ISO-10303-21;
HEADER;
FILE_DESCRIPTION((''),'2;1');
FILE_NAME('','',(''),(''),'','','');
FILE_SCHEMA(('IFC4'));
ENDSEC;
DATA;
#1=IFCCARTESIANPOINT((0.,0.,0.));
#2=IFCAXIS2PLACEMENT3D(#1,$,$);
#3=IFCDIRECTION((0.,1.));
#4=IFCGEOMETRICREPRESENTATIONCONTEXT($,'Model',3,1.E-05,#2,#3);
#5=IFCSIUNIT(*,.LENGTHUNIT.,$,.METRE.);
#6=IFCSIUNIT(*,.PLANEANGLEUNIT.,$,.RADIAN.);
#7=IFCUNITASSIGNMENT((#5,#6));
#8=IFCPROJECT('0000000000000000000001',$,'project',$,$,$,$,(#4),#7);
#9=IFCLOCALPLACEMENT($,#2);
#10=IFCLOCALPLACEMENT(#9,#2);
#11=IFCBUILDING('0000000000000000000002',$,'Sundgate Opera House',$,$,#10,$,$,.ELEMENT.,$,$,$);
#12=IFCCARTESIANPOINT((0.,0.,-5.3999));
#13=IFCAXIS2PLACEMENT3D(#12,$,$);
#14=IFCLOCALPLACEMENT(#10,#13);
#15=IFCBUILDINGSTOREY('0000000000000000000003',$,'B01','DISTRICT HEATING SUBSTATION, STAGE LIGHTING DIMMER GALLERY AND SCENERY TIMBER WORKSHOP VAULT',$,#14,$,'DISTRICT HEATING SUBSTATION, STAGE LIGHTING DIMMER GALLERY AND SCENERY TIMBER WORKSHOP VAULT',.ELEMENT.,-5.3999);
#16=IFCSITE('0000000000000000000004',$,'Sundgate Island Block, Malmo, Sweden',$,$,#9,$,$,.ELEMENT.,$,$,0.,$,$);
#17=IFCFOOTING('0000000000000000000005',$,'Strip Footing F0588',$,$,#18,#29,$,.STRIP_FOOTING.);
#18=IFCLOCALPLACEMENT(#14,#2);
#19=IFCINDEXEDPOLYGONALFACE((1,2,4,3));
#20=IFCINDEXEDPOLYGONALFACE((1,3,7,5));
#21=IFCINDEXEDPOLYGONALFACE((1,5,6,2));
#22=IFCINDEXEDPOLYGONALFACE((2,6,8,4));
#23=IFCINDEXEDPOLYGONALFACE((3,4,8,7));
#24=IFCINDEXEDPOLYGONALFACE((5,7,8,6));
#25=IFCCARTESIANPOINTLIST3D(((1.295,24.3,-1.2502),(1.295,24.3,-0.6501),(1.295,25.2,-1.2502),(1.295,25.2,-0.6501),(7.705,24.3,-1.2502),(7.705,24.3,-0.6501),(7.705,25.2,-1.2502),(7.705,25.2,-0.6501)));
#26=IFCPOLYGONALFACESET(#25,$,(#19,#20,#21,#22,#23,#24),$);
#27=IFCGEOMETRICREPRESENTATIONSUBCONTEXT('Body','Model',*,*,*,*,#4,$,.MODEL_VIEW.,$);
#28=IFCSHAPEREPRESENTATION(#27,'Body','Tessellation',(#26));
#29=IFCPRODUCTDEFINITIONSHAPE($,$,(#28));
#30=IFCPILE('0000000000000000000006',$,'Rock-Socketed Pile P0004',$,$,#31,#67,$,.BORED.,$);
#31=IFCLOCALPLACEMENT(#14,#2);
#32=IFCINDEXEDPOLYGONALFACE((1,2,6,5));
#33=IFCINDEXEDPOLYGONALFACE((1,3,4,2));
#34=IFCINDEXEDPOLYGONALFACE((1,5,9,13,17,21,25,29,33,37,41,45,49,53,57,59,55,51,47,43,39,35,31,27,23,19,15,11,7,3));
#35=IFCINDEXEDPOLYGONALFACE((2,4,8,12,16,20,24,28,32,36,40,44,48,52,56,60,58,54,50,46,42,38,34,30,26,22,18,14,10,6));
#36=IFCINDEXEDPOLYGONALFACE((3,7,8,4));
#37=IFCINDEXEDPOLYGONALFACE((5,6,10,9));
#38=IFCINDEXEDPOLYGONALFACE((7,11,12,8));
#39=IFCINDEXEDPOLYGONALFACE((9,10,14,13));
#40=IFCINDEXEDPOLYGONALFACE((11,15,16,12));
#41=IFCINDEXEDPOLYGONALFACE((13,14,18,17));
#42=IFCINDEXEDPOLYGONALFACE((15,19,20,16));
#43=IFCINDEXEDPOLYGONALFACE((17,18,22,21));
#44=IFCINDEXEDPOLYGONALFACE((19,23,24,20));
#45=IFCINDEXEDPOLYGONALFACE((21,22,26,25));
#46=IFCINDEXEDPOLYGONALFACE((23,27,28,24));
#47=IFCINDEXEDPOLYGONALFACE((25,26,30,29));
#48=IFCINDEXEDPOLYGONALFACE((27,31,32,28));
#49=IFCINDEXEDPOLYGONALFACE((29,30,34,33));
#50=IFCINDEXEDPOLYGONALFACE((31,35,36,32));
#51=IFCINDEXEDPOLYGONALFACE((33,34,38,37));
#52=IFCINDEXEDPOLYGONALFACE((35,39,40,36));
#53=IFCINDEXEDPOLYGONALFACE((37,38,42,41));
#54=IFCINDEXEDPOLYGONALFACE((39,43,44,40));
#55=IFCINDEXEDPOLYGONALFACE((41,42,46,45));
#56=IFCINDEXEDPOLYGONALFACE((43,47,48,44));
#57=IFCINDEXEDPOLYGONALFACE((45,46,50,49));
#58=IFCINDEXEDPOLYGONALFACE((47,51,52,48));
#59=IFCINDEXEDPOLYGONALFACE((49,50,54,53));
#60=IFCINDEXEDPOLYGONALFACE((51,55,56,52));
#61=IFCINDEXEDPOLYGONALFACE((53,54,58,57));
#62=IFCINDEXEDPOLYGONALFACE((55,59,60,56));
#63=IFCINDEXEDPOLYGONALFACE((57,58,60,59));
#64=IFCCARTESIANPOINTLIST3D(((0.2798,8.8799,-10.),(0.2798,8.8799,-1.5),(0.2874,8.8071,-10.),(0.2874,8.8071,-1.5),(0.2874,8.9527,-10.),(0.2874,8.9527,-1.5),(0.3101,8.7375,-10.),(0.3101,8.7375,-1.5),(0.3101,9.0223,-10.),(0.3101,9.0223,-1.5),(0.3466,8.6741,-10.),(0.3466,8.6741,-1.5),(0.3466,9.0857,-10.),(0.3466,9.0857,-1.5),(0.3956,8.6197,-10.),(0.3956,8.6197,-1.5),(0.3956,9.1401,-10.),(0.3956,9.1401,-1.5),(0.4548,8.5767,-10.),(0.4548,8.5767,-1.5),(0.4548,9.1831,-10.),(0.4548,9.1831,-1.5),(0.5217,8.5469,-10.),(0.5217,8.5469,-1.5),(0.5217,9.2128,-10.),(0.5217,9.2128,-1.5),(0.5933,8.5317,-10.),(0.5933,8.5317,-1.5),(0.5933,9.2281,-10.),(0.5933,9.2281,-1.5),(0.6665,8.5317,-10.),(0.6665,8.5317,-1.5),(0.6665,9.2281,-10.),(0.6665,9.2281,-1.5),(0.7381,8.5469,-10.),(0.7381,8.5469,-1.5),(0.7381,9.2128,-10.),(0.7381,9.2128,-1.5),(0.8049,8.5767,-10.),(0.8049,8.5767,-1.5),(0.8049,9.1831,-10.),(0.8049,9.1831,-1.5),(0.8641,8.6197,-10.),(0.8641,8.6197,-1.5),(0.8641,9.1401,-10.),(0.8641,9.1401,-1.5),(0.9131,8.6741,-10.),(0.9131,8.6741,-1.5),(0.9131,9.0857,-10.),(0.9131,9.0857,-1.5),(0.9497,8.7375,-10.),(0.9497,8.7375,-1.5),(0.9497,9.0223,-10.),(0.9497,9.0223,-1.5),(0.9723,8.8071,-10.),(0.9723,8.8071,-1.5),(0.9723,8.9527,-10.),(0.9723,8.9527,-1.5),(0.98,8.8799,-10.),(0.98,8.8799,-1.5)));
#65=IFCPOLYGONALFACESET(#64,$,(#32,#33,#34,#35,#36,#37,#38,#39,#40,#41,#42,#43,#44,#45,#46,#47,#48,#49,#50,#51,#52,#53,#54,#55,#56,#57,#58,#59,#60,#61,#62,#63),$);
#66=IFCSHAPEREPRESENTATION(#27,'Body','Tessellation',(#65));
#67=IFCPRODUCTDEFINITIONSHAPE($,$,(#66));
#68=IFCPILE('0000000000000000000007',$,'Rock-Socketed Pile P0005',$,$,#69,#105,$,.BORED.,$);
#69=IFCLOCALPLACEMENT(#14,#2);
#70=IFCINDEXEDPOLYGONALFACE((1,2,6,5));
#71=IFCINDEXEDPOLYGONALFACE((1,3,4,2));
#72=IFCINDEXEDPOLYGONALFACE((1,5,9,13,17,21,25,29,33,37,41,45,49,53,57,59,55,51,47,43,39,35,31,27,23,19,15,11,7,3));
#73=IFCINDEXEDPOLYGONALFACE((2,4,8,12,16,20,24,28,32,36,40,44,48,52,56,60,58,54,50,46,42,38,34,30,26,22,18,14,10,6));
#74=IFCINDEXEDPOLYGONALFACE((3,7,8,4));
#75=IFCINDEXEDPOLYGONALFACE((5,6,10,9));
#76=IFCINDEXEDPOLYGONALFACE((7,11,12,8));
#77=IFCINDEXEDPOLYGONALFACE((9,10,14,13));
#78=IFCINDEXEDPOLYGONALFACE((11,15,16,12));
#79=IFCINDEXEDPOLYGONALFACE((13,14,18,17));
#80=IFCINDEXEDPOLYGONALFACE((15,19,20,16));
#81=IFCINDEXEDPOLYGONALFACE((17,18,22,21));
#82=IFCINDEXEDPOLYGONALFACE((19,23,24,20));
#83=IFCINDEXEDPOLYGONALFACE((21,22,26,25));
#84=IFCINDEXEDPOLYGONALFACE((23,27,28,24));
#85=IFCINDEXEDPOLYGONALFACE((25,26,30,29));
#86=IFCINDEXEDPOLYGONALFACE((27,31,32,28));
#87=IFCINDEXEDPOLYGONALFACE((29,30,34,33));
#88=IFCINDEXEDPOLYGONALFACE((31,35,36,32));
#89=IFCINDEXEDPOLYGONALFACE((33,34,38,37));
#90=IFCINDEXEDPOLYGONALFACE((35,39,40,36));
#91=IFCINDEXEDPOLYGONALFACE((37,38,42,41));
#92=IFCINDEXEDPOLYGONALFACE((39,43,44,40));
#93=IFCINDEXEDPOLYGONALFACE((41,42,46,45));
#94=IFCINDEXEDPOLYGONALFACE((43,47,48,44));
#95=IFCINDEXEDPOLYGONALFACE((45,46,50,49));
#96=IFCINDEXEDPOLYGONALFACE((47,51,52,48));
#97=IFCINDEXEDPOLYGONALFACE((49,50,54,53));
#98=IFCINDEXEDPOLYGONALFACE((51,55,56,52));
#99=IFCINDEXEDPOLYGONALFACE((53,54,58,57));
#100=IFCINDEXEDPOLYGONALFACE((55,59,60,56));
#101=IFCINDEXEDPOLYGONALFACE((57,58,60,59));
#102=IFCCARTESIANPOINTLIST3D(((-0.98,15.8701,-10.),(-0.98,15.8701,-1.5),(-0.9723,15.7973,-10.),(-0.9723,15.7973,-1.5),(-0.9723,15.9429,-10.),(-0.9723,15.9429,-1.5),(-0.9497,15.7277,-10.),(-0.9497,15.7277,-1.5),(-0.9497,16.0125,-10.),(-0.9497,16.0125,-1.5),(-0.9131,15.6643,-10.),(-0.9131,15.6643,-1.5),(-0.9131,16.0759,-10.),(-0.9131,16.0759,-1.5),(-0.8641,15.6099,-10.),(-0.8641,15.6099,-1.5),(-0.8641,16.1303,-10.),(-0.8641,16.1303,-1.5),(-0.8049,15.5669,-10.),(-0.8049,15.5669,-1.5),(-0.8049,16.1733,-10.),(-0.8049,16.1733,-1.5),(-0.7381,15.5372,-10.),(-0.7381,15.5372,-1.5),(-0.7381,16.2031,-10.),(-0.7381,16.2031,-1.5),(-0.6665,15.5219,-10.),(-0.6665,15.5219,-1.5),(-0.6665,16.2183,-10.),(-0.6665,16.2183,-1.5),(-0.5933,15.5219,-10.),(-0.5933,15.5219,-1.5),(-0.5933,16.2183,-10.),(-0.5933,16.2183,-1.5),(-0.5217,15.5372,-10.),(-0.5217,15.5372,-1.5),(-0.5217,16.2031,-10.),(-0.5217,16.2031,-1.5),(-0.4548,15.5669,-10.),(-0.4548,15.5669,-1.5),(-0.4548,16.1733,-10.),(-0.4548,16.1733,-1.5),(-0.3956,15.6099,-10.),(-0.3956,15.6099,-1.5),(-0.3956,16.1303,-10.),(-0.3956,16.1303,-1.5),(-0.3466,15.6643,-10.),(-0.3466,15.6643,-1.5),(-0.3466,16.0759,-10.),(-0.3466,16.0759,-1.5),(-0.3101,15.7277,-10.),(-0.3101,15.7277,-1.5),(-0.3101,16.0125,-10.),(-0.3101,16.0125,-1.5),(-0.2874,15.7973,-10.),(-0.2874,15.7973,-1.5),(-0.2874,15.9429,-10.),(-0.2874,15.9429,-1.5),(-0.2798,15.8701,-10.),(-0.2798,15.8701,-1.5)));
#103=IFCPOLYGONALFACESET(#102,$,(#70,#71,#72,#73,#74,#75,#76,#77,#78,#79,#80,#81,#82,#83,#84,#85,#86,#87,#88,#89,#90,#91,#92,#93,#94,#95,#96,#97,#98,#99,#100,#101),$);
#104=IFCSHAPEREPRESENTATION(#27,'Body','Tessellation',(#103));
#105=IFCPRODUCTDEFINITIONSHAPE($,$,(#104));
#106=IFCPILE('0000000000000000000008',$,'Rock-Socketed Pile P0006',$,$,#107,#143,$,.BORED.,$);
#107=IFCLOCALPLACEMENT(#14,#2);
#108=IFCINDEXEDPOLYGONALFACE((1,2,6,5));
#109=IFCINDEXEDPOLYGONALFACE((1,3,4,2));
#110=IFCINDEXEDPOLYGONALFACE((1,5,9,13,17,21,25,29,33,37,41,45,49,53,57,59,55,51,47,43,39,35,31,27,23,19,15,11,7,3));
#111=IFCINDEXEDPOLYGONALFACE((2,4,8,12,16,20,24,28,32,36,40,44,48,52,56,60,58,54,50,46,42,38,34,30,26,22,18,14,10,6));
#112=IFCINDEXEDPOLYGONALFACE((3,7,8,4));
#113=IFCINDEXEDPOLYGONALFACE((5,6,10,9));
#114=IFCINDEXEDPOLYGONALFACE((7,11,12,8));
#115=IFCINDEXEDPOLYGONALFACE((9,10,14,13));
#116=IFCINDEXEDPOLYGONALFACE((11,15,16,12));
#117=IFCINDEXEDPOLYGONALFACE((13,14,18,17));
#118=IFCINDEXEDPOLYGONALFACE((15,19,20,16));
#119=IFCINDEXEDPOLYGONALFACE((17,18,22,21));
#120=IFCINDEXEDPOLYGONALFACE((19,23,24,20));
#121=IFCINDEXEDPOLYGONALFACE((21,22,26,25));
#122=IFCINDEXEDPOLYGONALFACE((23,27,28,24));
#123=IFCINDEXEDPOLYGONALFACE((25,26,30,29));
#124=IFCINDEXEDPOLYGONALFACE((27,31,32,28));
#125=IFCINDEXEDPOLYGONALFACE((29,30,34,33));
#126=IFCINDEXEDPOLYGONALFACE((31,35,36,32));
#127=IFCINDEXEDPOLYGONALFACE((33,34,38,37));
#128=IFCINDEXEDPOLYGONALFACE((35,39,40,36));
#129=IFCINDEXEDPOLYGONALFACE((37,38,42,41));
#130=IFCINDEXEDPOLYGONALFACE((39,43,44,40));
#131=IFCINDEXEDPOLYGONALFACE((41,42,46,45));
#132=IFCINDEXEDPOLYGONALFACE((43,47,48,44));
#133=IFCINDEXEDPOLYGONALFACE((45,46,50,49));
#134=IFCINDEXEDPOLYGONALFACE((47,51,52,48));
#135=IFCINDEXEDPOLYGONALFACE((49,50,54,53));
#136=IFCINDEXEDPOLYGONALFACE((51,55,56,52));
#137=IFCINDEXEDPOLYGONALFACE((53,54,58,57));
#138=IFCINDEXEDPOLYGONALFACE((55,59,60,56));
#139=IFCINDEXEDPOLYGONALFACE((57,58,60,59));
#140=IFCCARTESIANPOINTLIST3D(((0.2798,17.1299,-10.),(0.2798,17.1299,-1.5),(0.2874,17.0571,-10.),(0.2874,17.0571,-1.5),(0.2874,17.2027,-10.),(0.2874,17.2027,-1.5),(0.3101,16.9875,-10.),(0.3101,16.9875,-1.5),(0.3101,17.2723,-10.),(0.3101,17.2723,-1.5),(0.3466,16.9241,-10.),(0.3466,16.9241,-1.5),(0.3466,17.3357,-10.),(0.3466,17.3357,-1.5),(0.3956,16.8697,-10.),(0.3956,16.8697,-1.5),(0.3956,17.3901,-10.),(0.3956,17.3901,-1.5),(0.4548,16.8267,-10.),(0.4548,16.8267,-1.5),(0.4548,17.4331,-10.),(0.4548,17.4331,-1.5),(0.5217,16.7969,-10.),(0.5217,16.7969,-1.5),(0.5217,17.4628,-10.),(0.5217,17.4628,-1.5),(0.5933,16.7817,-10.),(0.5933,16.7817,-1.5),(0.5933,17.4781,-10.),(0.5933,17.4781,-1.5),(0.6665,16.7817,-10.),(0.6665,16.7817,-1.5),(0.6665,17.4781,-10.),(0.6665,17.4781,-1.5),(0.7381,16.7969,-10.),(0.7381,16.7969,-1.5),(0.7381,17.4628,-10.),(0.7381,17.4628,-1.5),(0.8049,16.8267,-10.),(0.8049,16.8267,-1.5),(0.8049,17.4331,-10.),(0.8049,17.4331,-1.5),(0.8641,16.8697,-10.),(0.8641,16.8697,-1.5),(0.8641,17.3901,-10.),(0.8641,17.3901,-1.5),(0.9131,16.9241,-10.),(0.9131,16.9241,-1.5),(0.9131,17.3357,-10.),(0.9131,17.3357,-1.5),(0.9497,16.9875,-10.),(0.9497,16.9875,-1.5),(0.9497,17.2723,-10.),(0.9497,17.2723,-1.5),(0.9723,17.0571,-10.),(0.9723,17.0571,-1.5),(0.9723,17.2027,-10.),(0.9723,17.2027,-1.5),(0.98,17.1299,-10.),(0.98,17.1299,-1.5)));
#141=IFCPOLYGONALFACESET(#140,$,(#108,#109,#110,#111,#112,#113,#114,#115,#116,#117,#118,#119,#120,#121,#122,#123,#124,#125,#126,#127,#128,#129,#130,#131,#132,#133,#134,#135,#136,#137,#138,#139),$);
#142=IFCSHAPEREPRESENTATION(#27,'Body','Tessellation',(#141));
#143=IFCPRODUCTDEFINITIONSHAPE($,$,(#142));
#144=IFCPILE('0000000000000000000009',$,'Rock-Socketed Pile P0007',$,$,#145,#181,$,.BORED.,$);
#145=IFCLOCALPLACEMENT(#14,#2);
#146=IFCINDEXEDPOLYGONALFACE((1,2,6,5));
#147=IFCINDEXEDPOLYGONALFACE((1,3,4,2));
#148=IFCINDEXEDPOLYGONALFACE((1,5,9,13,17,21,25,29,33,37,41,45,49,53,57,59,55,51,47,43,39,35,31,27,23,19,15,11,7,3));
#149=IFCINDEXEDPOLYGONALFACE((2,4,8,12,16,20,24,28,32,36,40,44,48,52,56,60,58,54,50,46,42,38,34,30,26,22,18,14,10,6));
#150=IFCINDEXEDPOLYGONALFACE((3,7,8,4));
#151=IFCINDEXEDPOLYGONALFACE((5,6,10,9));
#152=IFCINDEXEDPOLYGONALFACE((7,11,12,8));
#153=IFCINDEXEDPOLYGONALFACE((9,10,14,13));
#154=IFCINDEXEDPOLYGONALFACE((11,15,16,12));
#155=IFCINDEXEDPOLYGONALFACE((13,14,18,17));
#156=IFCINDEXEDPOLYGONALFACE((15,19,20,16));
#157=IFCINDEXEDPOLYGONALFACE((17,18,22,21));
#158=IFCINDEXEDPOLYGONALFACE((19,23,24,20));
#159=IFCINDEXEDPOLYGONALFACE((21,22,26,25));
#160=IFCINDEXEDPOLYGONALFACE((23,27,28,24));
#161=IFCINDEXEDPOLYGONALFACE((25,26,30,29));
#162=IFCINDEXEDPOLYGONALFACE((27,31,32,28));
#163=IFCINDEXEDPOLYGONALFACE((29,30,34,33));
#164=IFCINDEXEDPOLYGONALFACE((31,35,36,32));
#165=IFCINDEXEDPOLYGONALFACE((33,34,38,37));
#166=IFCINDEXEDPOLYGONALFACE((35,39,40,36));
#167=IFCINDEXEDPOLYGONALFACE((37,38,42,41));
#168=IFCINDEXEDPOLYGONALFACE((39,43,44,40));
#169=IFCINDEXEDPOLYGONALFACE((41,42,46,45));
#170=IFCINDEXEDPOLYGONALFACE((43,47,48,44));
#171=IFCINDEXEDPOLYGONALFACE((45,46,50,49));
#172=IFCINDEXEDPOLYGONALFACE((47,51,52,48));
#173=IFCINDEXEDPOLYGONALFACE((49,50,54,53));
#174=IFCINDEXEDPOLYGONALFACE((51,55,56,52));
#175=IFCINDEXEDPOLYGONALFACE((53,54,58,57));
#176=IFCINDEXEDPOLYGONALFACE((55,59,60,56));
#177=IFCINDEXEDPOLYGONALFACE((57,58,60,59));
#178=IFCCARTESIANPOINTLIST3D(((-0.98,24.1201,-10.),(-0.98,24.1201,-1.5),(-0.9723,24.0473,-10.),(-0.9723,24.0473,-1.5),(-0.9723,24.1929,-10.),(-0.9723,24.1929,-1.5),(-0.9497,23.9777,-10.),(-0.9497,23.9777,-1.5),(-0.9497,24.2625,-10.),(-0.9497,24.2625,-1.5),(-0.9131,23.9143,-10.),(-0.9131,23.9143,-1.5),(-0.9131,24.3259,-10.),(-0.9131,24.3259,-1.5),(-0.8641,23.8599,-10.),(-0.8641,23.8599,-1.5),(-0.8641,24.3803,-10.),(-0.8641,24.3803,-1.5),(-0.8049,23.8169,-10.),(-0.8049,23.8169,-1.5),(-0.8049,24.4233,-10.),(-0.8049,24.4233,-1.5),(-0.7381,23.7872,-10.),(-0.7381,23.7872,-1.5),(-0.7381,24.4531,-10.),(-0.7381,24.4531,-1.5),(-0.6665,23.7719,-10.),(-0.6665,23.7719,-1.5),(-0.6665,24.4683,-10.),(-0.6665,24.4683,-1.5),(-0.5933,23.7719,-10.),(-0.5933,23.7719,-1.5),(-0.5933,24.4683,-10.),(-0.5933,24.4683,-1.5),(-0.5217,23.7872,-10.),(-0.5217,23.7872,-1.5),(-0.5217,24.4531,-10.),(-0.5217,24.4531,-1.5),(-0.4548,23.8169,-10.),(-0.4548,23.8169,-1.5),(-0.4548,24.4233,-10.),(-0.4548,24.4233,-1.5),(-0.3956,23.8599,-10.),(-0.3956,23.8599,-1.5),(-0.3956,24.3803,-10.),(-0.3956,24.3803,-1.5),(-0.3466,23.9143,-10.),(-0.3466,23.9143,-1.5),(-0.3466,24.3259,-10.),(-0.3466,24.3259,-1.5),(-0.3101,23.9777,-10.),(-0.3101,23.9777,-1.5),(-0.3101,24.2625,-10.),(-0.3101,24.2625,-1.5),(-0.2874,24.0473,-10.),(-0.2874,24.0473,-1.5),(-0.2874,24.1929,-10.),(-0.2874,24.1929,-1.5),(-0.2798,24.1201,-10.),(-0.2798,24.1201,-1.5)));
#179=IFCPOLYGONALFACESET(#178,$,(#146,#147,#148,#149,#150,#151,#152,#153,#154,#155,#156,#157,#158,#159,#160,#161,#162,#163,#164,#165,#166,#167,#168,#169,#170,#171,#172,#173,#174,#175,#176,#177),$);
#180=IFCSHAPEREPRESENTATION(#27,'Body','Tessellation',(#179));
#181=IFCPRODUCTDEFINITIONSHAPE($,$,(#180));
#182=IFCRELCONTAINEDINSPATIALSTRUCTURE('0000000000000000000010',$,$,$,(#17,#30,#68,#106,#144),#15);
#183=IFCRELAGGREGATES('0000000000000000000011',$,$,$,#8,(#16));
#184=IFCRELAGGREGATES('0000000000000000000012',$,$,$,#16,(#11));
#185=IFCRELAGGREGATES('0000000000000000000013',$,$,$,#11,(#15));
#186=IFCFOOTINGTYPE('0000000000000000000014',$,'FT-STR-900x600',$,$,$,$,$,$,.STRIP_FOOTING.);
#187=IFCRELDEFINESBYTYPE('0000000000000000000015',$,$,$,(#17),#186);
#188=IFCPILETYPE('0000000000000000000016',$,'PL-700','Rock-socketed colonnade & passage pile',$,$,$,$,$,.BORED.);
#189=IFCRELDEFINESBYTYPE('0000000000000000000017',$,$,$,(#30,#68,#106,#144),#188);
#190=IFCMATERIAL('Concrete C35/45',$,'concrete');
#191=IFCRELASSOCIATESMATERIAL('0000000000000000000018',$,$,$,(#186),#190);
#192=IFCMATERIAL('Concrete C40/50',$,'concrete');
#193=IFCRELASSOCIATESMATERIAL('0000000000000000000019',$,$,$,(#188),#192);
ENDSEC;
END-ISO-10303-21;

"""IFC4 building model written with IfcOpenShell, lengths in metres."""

from ifc_helpers import new_model, si_unit, direction, frame, origin, origin_2d, place, context, subcontext, project, spatial, rectangle, circle, extrude, material, material_profile, profile_set, type_object, element, save


model = new_model("IFC4")

# Units and contexts
model_context = context("Model", 3, precision=1e-05, world=origin(), true_north=direction((0.0, 1.0)))
body_context = subcontext(model_context, "Body", "Model", "MODEL_VIEW")
ifc_project = project(units=[si_unit("LENGTHUNIT", "METRE"), si_unit("PLANEANGLEUNIT", "RADIAN")], contexts=[model_context])

# Site, building, storey
site_placement = place(None, origin())
site = spatial("IfcSite", under=ifc_project, at=site_placement, Name="Sundgate Island Block, Malmo, Sweden", CompositionType="ELEMENT", RefElevation=0.0)
building_placement = place(site_placement, origin())
building = spatial("IfcBuilding", under=site, at=building_placement, Name="Sundgate Opera House", CompositionType="ELEMENT")
storey_placement = place(building_placement, frame((0.0, 0.0, -5.3999)))
storey = spatial("IfcBuildingStorey", under=building, at=storey_placement, Name="B01", Description="DISTRICT HEATING SUBSTATION, STAGE LIGHTING DIMMER GALLERY AND SCENERY TIMBER WORKSHOP VAULT", LongName="DISTRICT HEATING SUBSTATION, STAGE LIGHTING DIMMER GALLERY AND SCENERY TIMBER WORKSHOP VAULT", CompositionType="ELEMENT", Elevation=-5.3999)

# Footing
ifc_material_1 = material(Name="Concrete C35/45", Category="concrete")
footing_type_1 = type_object("IfcFootingType", Name="FT-STR-900x600", PredefinedType="STRIP_FOOTING", material=ifc_material_1)
footing_1_placement = place(storey_placement, frame((4.5, 24.75, -1.2502), z_axis=(0.0, 0.0, 1.0), x_axis=(1.0, 0.0, 0.0)))
element("IfcFooting", 1, at=footing_1_placement, inside=storey, type_object=footing_type_1, Name="Strip Footing F0588", PredefinedType="STRIP_FOOTING", context=body_context, shape_type="SweptSolid", body=[
    extrude(rectangle(XDim=6.4099, YDim=0.8999, at=origin_2d()), origin(), (0.0, 0.0, 1.0), 0.6001),
])

# Piles
ifc_material_2 = material(Name="Concrete C40/50", Category="concrete")
ifc_material_profile_1 = material_profile(ifc_material_2, circle(Radius=0.3501, at=origin_2d()), Name="PILE D700")
ifc_profile_set_1 = profile_set([ifc_material_profile_1], Name="Concrete C40/50")
pile_type = type_object("IfcPileType", Name="PL-700", Description="Rock-socketed colonnade & passage pile", PredefinedType="BORED", material=ifc_profile_set_1)
for number, where, z_axis, x_axis, name in (
    (2, (0.6299, 8.8799, -1.5), (0.0, 0.0, -1.0), (1.0, 0.0, 0.0), "Rock-Socketed Pile P0004"),
    (3, (-0.6299, 15.8701, -1.5), (0.0, 0.0, -1.0), (1.0, 0.0, 0.0), "Rock-Socketed Pile P0005"),
    (4, (0.6299, 17.1299, -1.5), (0.0, 0.0, -1.0), (1.0, 0.0, 0.0), "Rock-Socketed Pile P0006"),
    (5, (-0.6299, 24.1201, -1.5), (0.0, 0.0, -1.0), (1.0, 0.0, 0.0), "Rock-Socketed Pile P0007"),
):
    element("IfcPile", number, at=place(storey_placement, frame(where, z_axis=z_axis, x_axis=x_axis)), inside=storey, type_object=pile_type, Name=name, PredefinedType="BORED", context=body_context, shape_type="SweptSolid", body=[
        extrude(circle(Radius=0.3501, at=origin_2d()), origin(), (0.0, 0.0, 1.0), 8.5),
    ])

save(model, "model.ifc")
